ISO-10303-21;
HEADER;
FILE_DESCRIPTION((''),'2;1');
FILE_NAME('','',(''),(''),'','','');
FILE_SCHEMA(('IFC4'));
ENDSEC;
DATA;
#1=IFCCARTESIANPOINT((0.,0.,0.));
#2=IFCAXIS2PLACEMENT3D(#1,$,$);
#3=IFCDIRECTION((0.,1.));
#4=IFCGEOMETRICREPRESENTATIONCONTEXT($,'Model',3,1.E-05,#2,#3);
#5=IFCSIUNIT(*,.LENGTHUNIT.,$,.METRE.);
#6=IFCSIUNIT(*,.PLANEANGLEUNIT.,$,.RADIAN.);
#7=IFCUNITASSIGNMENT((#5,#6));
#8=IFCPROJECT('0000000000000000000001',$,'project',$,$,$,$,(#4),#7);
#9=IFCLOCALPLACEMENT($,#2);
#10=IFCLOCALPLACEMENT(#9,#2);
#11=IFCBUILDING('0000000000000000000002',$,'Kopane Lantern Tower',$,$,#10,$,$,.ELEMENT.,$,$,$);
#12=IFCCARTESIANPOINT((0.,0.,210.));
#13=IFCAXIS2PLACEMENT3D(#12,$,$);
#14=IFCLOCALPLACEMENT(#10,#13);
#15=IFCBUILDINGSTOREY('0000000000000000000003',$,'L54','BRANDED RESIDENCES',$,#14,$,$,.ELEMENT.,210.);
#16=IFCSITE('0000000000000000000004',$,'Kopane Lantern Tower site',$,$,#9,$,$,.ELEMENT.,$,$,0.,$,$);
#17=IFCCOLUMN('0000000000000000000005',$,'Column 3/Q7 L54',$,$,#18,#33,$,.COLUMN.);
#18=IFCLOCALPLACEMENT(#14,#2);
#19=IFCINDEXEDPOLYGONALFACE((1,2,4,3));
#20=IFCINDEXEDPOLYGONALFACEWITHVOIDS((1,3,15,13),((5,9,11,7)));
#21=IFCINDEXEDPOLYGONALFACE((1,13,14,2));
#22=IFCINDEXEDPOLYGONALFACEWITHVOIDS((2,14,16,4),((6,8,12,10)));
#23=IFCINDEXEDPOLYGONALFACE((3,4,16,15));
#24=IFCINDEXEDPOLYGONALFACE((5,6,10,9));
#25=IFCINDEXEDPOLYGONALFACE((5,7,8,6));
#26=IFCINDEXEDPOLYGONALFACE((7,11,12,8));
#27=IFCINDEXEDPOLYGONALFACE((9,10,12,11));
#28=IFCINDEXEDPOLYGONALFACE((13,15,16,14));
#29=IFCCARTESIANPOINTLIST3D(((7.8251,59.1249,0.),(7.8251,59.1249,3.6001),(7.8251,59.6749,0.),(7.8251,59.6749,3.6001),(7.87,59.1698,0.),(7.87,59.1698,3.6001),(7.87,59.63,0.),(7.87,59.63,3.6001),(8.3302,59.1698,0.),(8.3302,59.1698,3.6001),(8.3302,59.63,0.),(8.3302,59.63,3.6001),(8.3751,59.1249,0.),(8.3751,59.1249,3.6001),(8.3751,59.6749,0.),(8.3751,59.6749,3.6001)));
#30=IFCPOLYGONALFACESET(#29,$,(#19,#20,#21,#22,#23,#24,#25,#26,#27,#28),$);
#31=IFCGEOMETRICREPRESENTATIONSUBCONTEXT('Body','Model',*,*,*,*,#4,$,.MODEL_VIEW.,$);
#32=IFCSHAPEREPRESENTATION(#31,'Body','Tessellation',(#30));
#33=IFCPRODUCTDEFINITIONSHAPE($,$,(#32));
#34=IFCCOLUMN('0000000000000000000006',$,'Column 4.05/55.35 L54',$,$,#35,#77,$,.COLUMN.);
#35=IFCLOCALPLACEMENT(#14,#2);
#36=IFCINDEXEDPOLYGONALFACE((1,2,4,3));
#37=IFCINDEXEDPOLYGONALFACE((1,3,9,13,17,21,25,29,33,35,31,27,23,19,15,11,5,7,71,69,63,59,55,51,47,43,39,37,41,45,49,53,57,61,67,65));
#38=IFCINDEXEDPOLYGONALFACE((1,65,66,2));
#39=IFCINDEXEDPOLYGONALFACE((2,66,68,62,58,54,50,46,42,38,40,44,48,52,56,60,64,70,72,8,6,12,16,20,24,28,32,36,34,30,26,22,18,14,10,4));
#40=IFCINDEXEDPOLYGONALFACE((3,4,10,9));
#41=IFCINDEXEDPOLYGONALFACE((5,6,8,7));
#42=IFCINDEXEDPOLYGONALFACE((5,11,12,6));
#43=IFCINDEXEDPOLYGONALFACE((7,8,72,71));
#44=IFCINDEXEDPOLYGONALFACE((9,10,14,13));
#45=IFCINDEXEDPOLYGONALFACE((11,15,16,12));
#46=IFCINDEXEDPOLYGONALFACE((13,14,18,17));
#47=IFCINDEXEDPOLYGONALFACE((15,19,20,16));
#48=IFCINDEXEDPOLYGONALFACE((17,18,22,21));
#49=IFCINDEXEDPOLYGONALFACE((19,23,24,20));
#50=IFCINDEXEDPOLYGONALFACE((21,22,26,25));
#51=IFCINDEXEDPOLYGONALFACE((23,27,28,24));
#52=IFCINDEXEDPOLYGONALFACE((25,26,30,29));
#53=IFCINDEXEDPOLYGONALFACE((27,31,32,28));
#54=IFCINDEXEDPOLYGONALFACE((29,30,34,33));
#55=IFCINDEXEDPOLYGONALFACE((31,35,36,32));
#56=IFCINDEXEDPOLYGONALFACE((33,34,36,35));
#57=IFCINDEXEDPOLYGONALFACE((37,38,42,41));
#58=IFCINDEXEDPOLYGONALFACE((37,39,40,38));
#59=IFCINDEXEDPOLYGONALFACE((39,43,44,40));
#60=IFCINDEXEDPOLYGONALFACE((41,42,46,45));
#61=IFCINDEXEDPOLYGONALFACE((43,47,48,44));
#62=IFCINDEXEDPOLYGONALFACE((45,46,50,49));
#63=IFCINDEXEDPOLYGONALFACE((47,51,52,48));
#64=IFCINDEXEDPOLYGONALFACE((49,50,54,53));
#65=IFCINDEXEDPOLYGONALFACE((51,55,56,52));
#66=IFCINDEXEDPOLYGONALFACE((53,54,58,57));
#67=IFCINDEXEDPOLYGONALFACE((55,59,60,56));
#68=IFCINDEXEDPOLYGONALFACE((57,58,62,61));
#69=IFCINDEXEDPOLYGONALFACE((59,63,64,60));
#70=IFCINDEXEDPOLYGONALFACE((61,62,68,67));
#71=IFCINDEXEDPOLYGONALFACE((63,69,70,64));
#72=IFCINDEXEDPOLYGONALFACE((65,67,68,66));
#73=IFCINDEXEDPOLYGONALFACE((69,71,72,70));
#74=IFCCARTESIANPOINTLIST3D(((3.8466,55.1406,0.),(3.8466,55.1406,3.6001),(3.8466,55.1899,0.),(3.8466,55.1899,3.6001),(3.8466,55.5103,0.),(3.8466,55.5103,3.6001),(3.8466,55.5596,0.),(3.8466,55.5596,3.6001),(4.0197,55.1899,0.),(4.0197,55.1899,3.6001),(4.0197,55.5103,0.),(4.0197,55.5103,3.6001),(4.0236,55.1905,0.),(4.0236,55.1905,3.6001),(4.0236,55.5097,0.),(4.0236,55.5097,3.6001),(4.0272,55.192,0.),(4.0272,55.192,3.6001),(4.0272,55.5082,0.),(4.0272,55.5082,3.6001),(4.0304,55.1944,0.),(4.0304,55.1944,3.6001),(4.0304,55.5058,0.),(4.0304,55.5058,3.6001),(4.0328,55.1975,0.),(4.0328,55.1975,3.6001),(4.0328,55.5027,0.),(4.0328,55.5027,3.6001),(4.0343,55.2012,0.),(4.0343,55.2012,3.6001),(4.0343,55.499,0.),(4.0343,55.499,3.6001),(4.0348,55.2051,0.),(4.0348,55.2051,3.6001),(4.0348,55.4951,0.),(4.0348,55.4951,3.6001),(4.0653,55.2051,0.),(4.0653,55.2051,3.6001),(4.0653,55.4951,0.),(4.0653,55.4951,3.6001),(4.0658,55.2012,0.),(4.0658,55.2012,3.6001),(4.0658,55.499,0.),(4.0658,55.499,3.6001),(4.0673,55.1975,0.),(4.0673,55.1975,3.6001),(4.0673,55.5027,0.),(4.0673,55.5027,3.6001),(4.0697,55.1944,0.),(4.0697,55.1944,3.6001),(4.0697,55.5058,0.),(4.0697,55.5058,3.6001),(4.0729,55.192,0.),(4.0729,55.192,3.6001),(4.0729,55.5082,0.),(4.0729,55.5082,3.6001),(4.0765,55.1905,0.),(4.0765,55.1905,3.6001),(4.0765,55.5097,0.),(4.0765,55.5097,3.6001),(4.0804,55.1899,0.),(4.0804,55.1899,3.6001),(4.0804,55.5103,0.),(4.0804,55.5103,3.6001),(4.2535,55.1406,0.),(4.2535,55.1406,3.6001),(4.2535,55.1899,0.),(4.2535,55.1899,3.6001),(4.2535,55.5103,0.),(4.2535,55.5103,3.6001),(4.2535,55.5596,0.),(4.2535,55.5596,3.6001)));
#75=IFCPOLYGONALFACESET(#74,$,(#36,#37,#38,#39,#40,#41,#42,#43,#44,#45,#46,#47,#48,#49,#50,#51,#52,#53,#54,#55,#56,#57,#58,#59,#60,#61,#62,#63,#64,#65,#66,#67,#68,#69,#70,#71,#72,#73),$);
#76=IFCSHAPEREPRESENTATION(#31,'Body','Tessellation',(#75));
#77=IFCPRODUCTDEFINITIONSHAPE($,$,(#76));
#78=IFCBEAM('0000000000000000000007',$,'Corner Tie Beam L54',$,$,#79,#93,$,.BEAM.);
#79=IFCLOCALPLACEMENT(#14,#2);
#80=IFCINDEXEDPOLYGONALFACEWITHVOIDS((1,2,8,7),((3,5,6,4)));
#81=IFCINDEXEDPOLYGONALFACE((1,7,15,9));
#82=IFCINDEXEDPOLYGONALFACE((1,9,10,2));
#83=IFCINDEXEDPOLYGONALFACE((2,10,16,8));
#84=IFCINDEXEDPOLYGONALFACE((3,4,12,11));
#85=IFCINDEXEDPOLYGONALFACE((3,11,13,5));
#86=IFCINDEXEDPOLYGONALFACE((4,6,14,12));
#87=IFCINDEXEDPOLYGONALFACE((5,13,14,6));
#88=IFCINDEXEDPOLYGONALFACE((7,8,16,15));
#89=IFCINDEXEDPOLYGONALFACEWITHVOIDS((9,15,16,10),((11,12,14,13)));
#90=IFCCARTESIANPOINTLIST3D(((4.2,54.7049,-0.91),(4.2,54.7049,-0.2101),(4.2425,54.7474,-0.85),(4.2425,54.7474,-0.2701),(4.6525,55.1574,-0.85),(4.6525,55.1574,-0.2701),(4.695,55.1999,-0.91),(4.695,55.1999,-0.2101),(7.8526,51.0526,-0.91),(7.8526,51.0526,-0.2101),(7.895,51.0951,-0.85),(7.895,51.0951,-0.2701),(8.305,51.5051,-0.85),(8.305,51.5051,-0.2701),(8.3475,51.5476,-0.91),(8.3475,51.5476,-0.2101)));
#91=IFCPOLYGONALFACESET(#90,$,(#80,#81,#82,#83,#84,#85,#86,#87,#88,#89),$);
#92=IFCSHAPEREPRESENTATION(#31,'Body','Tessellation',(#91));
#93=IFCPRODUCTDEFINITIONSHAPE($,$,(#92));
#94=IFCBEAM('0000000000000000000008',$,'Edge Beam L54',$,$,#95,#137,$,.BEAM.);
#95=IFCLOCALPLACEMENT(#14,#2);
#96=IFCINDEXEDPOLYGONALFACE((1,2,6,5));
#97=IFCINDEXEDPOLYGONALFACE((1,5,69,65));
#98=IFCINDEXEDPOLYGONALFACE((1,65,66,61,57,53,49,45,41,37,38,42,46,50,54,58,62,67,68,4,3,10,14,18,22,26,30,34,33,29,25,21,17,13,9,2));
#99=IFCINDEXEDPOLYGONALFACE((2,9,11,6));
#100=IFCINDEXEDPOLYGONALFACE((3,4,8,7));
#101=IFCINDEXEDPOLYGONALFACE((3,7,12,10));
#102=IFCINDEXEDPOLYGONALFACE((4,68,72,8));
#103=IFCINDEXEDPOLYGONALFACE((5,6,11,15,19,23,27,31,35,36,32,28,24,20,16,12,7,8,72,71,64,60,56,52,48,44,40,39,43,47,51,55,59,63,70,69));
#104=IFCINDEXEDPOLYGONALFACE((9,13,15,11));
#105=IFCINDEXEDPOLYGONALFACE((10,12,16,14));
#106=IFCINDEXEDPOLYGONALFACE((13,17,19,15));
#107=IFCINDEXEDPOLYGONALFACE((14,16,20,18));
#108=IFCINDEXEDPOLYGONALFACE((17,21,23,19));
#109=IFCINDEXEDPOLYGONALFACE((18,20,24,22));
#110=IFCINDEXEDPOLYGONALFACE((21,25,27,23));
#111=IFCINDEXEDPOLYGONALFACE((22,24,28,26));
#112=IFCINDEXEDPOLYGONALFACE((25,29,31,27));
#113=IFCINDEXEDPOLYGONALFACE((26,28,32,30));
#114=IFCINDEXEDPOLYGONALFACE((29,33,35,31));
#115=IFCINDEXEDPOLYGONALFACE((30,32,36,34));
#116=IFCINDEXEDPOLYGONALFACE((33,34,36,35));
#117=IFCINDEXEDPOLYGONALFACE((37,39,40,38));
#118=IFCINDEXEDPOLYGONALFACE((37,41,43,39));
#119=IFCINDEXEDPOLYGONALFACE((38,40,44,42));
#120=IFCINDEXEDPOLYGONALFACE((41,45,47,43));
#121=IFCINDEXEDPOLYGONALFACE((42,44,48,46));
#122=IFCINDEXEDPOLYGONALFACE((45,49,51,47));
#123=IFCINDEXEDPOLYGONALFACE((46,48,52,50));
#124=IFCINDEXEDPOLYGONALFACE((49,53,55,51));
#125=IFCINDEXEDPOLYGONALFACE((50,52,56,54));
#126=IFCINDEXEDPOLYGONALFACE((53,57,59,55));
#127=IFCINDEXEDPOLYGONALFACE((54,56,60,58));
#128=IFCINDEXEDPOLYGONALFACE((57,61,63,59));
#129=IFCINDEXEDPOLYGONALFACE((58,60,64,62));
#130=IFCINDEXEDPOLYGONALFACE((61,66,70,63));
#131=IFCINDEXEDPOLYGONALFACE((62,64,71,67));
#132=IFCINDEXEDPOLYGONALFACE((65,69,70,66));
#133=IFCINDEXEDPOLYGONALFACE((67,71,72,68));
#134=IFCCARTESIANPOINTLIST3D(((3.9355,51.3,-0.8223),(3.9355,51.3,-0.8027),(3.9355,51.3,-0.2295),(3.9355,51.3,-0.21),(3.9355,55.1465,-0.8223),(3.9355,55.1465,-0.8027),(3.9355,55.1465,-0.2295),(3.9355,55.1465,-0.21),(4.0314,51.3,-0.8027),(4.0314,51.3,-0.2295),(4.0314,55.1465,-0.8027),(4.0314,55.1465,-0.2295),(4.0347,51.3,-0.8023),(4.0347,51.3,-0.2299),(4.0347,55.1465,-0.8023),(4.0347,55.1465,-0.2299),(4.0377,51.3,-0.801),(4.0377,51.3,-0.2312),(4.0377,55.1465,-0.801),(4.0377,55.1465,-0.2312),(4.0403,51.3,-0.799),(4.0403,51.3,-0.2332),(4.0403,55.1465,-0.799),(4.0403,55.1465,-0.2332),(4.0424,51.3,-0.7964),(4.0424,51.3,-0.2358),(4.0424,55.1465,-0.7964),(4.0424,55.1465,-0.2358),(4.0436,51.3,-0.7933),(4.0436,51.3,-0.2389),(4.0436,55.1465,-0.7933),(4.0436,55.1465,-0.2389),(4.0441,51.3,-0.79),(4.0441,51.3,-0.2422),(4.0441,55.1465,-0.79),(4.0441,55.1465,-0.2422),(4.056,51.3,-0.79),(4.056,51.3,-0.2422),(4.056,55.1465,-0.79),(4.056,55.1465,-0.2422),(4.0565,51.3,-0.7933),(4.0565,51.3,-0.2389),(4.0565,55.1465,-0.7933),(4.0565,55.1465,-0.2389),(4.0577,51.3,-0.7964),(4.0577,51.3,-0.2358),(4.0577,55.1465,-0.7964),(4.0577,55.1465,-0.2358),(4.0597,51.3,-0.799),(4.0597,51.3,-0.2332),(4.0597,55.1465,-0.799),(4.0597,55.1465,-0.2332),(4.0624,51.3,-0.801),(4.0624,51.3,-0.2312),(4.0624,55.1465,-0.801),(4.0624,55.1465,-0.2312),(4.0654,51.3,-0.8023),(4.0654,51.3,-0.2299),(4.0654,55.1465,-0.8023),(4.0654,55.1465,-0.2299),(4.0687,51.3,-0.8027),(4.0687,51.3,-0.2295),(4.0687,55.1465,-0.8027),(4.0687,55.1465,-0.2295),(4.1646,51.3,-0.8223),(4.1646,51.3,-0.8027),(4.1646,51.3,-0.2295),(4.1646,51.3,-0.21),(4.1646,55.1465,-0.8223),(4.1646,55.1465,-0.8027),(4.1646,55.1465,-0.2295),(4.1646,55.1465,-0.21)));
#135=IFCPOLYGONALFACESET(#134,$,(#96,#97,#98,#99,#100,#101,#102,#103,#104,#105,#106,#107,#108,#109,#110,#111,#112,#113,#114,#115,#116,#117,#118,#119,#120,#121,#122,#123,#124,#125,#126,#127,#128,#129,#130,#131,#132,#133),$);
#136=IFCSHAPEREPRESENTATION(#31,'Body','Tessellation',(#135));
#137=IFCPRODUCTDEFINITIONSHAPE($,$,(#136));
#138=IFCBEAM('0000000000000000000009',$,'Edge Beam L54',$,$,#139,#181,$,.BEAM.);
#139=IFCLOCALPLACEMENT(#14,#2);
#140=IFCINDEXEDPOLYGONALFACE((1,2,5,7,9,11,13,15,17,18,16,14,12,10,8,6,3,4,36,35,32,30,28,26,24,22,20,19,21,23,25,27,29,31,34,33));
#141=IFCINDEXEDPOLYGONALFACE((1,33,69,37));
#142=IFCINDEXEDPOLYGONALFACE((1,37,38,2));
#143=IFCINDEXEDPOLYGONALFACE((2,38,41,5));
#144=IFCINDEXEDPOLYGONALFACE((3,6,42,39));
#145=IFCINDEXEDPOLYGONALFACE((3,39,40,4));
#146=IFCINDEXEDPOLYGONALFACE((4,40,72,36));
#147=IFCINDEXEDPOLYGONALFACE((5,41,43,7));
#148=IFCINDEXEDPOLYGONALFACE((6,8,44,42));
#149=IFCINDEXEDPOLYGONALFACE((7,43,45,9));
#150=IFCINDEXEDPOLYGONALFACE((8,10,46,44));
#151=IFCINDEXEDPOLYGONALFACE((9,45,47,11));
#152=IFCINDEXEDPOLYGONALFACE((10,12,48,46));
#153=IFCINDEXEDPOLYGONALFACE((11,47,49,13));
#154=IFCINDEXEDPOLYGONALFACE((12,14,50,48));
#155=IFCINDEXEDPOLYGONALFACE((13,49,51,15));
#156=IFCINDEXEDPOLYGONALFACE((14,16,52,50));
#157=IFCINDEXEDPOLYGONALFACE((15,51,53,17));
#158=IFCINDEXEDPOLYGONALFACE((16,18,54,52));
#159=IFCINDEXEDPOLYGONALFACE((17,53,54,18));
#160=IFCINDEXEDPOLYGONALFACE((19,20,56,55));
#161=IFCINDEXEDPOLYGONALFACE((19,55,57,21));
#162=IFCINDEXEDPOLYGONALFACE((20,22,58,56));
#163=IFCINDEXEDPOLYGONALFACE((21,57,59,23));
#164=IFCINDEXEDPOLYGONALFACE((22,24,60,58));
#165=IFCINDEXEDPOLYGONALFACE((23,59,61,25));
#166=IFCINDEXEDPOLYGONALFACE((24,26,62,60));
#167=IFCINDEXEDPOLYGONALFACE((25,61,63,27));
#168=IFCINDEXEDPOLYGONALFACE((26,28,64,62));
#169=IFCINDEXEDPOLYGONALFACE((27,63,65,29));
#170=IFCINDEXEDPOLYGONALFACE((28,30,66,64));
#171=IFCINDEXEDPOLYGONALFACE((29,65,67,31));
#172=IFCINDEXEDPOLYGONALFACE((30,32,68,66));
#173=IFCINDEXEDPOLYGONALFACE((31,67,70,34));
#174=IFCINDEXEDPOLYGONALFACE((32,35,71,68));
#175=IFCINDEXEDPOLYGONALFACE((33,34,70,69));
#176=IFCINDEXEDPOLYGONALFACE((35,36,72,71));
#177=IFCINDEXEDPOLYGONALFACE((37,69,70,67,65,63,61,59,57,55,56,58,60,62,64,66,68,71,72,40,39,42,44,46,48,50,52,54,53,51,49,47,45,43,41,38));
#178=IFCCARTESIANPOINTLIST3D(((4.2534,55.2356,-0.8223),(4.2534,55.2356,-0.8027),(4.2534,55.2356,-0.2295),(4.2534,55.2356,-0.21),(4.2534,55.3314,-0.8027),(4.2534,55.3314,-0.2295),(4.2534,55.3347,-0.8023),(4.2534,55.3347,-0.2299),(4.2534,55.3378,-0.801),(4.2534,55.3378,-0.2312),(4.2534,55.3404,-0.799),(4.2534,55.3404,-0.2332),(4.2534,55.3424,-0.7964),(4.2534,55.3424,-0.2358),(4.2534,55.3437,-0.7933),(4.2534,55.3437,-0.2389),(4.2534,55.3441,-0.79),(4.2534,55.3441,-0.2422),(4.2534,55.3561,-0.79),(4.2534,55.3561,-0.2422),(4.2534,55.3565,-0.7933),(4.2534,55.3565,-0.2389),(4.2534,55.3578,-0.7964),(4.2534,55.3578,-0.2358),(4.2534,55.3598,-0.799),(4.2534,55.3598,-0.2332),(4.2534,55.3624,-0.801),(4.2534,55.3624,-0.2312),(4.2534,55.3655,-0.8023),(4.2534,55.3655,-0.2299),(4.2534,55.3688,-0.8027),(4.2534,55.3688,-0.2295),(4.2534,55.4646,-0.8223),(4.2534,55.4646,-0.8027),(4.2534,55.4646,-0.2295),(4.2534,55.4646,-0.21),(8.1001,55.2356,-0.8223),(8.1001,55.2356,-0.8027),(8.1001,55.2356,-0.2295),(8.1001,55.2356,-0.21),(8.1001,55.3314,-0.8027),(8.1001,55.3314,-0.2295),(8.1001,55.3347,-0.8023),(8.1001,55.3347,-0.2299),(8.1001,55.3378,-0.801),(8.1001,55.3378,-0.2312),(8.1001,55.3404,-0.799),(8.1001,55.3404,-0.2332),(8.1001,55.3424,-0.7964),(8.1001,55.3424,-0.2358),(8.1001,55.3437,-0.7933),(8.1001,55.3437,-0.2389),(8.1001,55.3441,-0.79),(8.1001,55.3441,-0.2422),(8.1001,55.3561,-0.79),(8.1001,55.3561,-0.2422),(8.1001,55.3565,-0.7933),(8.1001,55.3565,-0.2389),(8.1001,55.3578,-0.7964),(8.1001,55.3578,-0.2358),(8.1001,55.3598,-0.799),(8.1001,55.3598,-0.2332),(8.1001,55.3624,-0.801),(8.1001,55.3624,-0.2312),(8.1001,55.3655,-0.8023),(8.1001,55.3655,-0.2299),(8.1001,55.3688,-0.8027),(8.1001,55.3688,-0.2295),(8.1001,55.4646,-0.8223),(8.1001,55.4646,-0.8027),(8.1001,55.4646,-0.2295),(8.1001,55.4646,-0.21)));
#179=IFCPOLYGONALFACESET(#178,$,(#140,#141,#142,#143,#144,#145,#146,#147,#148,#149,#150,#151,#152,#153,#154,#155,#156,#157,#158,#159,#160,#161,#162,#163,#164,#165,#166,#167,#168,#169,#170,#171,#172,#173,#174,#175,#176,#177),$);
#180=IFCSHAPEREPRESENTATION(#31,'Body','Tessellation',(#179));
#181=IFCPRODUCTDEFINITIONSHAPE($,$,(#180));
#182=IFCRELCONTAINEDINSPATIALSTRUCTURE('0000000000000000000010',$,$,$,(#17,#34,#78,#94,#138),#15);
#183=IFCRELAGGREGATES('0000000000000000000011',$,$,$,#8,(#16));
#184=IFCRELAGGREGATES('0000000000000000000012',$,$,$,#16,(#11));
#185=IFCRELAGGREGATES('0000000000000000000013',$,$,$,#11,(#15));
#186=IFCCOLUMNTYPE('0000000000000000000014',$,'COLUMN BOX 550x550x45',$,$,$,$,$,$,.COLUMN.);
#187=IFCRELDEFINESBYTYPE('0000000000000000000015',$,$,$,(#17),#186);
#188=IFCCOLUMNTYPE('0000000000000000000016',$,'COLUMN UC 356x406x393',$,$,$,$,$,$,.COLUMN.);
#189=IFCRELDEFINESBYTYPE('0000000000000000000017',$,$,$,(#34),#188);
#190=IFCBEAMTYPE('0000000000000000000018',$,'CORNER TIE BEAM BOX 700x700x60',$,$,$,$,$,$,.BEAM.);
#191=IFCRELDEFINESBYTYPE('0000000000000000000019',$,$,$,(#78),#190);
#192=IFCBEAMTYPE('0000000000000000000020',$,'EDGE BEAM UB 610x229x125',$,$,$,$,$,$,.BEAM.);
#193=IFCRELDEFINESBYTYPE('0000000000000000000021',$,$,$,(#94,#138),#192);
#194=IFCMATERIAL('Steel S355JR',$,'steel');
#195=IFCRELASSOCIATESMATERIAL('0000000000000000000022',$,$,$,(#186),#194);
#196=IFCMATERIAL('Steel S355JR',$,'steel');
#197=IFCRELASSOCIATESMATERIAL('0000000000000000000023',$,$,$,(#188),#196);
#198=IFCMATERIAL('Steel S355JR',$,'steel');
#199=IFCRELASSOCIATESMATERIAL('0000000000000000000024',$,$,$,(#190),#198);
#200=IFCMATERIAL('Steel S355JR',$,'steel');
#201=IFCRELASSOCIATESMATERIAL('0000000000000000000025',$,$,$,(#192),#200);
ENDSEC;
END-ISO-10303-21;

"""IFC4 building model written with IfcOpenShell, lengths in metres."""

from ifc_helpers import new_model, si_unit, direction, frame, origin, origin_2d, place, context, subcontext, project, spatial, hollow_rectangle, i_section, extrude, material, material_profile, profile_set, type_object, element, save


model = new_model("IFC4")

# Units and contexts
model_context = context("Model", 3, precision=1e-05, world=origin(), true_north=direction((0.0, 1.0)))
body_context = subcontext(model_context, "Body", "Model", "MODEL_VIEW")
ifc_project = project(units=[si_unit("LENGTHUNIT", "METRE"), si_unit("PLANEANGLEUNIT", "RADIAN")], contexts=[model_context])

# Site, building, storey
site_placement = place(None, origin())
site = spatial("IfcSite", under=ifc_project, at=site_placement, Name="Kopane Lantern Tower site", CompositionType="ELEMENT", RefElevation=0.0)
building_placement = place(site_placement, origin())
building = spatial("IfcBuilding", under=site, at=building_placement, Name="Kopane Lantern Tower", CompositionType="ELEMENT")
storey_placement = place(building_placement, frame((0.0, 0.0, 210.0)))
storey = spatial("IfcBuildingStorey", under=building, at=storey_placement, Name="L54", Description="BRANDED RESIDENCES", CompositionType="ELEMENT", Elevation=210.0)

# Columns
ifc_material_1 = material(Name="Steel S355JR", Category="steel")
ifc_material_profile_1 = material_profile(ifc_material_1, hollow_rectangle(XDim=0.55, YDim=0.55, WallThickness=0.0449, at=origin_2d()), Name="BOX 550x550x45")
ifc_profile_set_1 = profile_set([ifc_material_profile_1], Name="Steel S355JR")
column_type_1 = type_object("IfcColumnType", Name="COLUMN BOX 550x550x45", PredefinedType="COLUMN", material=ifc_profile_set_1)
column_1_placement = place(storey_placement, frame((8.1001, 59.3999, 0.0), z_axis=(0.0, 0.0, 1.0), x_axis=(1.0, 0.0, 0.0)))
element("IfcColumn", 1, at=column_1_placement, inside=storey, type_object=column_type_1, Name="Column 3/Q7 L54", PredefinedType="COLUMN", context=body_context, shape_type="SweptSolid", body=[
    extrude(hollow_rectangle(XDim=0.55, YDim=0.55, WallThickness=0.0449, at=origin_2d()), origin(), (0.0, 0.0, 1.0), 3.6001),
])
ifc_material_2 = material(Name="Steel S355JR", Category="steel")
ifc_material_profile_2 = material_profile(ifc_material_2, i_section(OverallWidth=0.407, OverallDepth=0.4189, WebThickness=0.0305, FlangeThickness=0.0493, FilletRadius=0.0151, at=origin_2d()), Name="UC 356x406x393")
ifc_profile_set_2 = profile_set([ifc_material_profile_2], Name="Steel S355JR")
column_type_2 = type_object("IfcColumnType", Name="COLUMN UC 356x406x393", PredefinedType="COLUMN", material=ifc_profile_set_2)
column_2_placement = place(storey_placement, frame((4.05, 55.3501, 0.0), z_axis=(0.0, 0.0, 1.0), x_axis=(1.0, 0.0, 0.0)))
element("IfcColumn", 2, at=column_2_placement, inside=storey, type_object=column_type_2, Name="Column 4.05/55.35 L54", PredefinedType="COLUMN", context=body_context, shape_type="SweptSolid", body=[
    extrude(i_section(OverallWidth=0.407, OverallDepth=0.4189, WebThickness=0.0305, FlangeThickness=0.0493, FilletRadius=0.0151, at=origin_2d()), origin(), (0.0, 0.0, 1.0), 3.6001),
])

# Beams
ifc_material_3 = material(Name="Steel S355JR", Category="steel")
ifc_material_profile_3 = material_profile(ifc_material_3, hollow_rectangle(XDim=0.7, YDim=0.7, WallThickness=0.0601, at=origin_2d()), Name="BOX 700x700x60")
ifc_profile_set_3 = profile_set([ifc_material_profile_3], Name="Steel S355JR")
beam_type_1 = type_object("IfcBeamType", Name="CORNER TIE BEAM BOX 700x700x60", PredefinedType="BEAM", material=ifc_profile_set_3)
beam_1_placement = place(storey_placement, frame((4.4475, 54.9524, -0.5601), z_axis=(0.70713, -0.707083, 0.0), x_axis=(0.707083, 0.70713, 0.0)))
element("IfcBeam", 3, at=beam_1_placement, inside=storey, type_object=beam_type_1, Name="Corner Tie Beam L54", PredefinedType="BEAM", context=body_context, shape_type="SweptSolid", body=[
    extrude(hollow_rectangle(XDim=0.7, YDim=0.7, WallThickness=0.0601, at=origin_2d()), origin(), (0.0, 0.0, 1.0), 5.1653),
])
ifc_material_4 = material(Name="Steel S355JR", Category="steel")
ifc_material_profile_4 = material_profile(ifc_material_4, i_section(OverallWidth=0.229, OverallDepth=0.6123, WebThickness=0.012, FlangeThickness=0.0195, FilletRadius=0.0127, at=origin_2d()), Name="UB 610x229x125")
ifc_profile_set_4 = profile_set([ifc_material_profile_4], Name="Steel S355JR")
beam_type_2 = type_object("IfcBeamType", Name="EDGE BEAM UB 610x229x125", PredefinedType="BEAM", material=ifc_profile_set_4)
beam_2_placement = place(storey_placement, frame((4.05, 55.1465, -0.5161), z_axis=(0.0, -1.0, 0.0), x_axis=(1.0, 0.0, 0.0)))
element("IfcBeam", 4, at=beam_2_placement, inside=storey, type_object=beam_type_2, Name="Edge Beam L54", PredefinedType="BEAM", context=body_context, shape_type="SweptSolid", body=[
    extrude(i_section(OverallWidth=0.229, OverallDepth=0.6123, WebThickness=0.012, FlangeThickness=0.0195, FilletRadius=0.0127, at=origin_2d()), origin(), (0.0, 0.0, 1.0), 3.8464),
])
beam_3_placement = place(storey_placement, frame((4.2534, 55.3501, -0.5161), z_axis=(1.0, 0.0, 0.0), x_axis=(0.0, 1.0, 0.0)))
element("IfcBeam", 5, at=beam_3_placement, inside=storey, type_object=beam_type_2, Name="Edge Beam L54", PredefinedType="BEAM", context=body_context, shape_type="SweptSolid", body=[
    extrude(i_section(OverallWidth=0.229, OverallDepth=0.6123, WebThickness=0.012, FlangeThickness=0.0195, FilletRadius=0.0127, at=origin_2d()), origin(), (0.0, 0.0, 1.0), 3.8467),
])

save(model, "model.ifc")
